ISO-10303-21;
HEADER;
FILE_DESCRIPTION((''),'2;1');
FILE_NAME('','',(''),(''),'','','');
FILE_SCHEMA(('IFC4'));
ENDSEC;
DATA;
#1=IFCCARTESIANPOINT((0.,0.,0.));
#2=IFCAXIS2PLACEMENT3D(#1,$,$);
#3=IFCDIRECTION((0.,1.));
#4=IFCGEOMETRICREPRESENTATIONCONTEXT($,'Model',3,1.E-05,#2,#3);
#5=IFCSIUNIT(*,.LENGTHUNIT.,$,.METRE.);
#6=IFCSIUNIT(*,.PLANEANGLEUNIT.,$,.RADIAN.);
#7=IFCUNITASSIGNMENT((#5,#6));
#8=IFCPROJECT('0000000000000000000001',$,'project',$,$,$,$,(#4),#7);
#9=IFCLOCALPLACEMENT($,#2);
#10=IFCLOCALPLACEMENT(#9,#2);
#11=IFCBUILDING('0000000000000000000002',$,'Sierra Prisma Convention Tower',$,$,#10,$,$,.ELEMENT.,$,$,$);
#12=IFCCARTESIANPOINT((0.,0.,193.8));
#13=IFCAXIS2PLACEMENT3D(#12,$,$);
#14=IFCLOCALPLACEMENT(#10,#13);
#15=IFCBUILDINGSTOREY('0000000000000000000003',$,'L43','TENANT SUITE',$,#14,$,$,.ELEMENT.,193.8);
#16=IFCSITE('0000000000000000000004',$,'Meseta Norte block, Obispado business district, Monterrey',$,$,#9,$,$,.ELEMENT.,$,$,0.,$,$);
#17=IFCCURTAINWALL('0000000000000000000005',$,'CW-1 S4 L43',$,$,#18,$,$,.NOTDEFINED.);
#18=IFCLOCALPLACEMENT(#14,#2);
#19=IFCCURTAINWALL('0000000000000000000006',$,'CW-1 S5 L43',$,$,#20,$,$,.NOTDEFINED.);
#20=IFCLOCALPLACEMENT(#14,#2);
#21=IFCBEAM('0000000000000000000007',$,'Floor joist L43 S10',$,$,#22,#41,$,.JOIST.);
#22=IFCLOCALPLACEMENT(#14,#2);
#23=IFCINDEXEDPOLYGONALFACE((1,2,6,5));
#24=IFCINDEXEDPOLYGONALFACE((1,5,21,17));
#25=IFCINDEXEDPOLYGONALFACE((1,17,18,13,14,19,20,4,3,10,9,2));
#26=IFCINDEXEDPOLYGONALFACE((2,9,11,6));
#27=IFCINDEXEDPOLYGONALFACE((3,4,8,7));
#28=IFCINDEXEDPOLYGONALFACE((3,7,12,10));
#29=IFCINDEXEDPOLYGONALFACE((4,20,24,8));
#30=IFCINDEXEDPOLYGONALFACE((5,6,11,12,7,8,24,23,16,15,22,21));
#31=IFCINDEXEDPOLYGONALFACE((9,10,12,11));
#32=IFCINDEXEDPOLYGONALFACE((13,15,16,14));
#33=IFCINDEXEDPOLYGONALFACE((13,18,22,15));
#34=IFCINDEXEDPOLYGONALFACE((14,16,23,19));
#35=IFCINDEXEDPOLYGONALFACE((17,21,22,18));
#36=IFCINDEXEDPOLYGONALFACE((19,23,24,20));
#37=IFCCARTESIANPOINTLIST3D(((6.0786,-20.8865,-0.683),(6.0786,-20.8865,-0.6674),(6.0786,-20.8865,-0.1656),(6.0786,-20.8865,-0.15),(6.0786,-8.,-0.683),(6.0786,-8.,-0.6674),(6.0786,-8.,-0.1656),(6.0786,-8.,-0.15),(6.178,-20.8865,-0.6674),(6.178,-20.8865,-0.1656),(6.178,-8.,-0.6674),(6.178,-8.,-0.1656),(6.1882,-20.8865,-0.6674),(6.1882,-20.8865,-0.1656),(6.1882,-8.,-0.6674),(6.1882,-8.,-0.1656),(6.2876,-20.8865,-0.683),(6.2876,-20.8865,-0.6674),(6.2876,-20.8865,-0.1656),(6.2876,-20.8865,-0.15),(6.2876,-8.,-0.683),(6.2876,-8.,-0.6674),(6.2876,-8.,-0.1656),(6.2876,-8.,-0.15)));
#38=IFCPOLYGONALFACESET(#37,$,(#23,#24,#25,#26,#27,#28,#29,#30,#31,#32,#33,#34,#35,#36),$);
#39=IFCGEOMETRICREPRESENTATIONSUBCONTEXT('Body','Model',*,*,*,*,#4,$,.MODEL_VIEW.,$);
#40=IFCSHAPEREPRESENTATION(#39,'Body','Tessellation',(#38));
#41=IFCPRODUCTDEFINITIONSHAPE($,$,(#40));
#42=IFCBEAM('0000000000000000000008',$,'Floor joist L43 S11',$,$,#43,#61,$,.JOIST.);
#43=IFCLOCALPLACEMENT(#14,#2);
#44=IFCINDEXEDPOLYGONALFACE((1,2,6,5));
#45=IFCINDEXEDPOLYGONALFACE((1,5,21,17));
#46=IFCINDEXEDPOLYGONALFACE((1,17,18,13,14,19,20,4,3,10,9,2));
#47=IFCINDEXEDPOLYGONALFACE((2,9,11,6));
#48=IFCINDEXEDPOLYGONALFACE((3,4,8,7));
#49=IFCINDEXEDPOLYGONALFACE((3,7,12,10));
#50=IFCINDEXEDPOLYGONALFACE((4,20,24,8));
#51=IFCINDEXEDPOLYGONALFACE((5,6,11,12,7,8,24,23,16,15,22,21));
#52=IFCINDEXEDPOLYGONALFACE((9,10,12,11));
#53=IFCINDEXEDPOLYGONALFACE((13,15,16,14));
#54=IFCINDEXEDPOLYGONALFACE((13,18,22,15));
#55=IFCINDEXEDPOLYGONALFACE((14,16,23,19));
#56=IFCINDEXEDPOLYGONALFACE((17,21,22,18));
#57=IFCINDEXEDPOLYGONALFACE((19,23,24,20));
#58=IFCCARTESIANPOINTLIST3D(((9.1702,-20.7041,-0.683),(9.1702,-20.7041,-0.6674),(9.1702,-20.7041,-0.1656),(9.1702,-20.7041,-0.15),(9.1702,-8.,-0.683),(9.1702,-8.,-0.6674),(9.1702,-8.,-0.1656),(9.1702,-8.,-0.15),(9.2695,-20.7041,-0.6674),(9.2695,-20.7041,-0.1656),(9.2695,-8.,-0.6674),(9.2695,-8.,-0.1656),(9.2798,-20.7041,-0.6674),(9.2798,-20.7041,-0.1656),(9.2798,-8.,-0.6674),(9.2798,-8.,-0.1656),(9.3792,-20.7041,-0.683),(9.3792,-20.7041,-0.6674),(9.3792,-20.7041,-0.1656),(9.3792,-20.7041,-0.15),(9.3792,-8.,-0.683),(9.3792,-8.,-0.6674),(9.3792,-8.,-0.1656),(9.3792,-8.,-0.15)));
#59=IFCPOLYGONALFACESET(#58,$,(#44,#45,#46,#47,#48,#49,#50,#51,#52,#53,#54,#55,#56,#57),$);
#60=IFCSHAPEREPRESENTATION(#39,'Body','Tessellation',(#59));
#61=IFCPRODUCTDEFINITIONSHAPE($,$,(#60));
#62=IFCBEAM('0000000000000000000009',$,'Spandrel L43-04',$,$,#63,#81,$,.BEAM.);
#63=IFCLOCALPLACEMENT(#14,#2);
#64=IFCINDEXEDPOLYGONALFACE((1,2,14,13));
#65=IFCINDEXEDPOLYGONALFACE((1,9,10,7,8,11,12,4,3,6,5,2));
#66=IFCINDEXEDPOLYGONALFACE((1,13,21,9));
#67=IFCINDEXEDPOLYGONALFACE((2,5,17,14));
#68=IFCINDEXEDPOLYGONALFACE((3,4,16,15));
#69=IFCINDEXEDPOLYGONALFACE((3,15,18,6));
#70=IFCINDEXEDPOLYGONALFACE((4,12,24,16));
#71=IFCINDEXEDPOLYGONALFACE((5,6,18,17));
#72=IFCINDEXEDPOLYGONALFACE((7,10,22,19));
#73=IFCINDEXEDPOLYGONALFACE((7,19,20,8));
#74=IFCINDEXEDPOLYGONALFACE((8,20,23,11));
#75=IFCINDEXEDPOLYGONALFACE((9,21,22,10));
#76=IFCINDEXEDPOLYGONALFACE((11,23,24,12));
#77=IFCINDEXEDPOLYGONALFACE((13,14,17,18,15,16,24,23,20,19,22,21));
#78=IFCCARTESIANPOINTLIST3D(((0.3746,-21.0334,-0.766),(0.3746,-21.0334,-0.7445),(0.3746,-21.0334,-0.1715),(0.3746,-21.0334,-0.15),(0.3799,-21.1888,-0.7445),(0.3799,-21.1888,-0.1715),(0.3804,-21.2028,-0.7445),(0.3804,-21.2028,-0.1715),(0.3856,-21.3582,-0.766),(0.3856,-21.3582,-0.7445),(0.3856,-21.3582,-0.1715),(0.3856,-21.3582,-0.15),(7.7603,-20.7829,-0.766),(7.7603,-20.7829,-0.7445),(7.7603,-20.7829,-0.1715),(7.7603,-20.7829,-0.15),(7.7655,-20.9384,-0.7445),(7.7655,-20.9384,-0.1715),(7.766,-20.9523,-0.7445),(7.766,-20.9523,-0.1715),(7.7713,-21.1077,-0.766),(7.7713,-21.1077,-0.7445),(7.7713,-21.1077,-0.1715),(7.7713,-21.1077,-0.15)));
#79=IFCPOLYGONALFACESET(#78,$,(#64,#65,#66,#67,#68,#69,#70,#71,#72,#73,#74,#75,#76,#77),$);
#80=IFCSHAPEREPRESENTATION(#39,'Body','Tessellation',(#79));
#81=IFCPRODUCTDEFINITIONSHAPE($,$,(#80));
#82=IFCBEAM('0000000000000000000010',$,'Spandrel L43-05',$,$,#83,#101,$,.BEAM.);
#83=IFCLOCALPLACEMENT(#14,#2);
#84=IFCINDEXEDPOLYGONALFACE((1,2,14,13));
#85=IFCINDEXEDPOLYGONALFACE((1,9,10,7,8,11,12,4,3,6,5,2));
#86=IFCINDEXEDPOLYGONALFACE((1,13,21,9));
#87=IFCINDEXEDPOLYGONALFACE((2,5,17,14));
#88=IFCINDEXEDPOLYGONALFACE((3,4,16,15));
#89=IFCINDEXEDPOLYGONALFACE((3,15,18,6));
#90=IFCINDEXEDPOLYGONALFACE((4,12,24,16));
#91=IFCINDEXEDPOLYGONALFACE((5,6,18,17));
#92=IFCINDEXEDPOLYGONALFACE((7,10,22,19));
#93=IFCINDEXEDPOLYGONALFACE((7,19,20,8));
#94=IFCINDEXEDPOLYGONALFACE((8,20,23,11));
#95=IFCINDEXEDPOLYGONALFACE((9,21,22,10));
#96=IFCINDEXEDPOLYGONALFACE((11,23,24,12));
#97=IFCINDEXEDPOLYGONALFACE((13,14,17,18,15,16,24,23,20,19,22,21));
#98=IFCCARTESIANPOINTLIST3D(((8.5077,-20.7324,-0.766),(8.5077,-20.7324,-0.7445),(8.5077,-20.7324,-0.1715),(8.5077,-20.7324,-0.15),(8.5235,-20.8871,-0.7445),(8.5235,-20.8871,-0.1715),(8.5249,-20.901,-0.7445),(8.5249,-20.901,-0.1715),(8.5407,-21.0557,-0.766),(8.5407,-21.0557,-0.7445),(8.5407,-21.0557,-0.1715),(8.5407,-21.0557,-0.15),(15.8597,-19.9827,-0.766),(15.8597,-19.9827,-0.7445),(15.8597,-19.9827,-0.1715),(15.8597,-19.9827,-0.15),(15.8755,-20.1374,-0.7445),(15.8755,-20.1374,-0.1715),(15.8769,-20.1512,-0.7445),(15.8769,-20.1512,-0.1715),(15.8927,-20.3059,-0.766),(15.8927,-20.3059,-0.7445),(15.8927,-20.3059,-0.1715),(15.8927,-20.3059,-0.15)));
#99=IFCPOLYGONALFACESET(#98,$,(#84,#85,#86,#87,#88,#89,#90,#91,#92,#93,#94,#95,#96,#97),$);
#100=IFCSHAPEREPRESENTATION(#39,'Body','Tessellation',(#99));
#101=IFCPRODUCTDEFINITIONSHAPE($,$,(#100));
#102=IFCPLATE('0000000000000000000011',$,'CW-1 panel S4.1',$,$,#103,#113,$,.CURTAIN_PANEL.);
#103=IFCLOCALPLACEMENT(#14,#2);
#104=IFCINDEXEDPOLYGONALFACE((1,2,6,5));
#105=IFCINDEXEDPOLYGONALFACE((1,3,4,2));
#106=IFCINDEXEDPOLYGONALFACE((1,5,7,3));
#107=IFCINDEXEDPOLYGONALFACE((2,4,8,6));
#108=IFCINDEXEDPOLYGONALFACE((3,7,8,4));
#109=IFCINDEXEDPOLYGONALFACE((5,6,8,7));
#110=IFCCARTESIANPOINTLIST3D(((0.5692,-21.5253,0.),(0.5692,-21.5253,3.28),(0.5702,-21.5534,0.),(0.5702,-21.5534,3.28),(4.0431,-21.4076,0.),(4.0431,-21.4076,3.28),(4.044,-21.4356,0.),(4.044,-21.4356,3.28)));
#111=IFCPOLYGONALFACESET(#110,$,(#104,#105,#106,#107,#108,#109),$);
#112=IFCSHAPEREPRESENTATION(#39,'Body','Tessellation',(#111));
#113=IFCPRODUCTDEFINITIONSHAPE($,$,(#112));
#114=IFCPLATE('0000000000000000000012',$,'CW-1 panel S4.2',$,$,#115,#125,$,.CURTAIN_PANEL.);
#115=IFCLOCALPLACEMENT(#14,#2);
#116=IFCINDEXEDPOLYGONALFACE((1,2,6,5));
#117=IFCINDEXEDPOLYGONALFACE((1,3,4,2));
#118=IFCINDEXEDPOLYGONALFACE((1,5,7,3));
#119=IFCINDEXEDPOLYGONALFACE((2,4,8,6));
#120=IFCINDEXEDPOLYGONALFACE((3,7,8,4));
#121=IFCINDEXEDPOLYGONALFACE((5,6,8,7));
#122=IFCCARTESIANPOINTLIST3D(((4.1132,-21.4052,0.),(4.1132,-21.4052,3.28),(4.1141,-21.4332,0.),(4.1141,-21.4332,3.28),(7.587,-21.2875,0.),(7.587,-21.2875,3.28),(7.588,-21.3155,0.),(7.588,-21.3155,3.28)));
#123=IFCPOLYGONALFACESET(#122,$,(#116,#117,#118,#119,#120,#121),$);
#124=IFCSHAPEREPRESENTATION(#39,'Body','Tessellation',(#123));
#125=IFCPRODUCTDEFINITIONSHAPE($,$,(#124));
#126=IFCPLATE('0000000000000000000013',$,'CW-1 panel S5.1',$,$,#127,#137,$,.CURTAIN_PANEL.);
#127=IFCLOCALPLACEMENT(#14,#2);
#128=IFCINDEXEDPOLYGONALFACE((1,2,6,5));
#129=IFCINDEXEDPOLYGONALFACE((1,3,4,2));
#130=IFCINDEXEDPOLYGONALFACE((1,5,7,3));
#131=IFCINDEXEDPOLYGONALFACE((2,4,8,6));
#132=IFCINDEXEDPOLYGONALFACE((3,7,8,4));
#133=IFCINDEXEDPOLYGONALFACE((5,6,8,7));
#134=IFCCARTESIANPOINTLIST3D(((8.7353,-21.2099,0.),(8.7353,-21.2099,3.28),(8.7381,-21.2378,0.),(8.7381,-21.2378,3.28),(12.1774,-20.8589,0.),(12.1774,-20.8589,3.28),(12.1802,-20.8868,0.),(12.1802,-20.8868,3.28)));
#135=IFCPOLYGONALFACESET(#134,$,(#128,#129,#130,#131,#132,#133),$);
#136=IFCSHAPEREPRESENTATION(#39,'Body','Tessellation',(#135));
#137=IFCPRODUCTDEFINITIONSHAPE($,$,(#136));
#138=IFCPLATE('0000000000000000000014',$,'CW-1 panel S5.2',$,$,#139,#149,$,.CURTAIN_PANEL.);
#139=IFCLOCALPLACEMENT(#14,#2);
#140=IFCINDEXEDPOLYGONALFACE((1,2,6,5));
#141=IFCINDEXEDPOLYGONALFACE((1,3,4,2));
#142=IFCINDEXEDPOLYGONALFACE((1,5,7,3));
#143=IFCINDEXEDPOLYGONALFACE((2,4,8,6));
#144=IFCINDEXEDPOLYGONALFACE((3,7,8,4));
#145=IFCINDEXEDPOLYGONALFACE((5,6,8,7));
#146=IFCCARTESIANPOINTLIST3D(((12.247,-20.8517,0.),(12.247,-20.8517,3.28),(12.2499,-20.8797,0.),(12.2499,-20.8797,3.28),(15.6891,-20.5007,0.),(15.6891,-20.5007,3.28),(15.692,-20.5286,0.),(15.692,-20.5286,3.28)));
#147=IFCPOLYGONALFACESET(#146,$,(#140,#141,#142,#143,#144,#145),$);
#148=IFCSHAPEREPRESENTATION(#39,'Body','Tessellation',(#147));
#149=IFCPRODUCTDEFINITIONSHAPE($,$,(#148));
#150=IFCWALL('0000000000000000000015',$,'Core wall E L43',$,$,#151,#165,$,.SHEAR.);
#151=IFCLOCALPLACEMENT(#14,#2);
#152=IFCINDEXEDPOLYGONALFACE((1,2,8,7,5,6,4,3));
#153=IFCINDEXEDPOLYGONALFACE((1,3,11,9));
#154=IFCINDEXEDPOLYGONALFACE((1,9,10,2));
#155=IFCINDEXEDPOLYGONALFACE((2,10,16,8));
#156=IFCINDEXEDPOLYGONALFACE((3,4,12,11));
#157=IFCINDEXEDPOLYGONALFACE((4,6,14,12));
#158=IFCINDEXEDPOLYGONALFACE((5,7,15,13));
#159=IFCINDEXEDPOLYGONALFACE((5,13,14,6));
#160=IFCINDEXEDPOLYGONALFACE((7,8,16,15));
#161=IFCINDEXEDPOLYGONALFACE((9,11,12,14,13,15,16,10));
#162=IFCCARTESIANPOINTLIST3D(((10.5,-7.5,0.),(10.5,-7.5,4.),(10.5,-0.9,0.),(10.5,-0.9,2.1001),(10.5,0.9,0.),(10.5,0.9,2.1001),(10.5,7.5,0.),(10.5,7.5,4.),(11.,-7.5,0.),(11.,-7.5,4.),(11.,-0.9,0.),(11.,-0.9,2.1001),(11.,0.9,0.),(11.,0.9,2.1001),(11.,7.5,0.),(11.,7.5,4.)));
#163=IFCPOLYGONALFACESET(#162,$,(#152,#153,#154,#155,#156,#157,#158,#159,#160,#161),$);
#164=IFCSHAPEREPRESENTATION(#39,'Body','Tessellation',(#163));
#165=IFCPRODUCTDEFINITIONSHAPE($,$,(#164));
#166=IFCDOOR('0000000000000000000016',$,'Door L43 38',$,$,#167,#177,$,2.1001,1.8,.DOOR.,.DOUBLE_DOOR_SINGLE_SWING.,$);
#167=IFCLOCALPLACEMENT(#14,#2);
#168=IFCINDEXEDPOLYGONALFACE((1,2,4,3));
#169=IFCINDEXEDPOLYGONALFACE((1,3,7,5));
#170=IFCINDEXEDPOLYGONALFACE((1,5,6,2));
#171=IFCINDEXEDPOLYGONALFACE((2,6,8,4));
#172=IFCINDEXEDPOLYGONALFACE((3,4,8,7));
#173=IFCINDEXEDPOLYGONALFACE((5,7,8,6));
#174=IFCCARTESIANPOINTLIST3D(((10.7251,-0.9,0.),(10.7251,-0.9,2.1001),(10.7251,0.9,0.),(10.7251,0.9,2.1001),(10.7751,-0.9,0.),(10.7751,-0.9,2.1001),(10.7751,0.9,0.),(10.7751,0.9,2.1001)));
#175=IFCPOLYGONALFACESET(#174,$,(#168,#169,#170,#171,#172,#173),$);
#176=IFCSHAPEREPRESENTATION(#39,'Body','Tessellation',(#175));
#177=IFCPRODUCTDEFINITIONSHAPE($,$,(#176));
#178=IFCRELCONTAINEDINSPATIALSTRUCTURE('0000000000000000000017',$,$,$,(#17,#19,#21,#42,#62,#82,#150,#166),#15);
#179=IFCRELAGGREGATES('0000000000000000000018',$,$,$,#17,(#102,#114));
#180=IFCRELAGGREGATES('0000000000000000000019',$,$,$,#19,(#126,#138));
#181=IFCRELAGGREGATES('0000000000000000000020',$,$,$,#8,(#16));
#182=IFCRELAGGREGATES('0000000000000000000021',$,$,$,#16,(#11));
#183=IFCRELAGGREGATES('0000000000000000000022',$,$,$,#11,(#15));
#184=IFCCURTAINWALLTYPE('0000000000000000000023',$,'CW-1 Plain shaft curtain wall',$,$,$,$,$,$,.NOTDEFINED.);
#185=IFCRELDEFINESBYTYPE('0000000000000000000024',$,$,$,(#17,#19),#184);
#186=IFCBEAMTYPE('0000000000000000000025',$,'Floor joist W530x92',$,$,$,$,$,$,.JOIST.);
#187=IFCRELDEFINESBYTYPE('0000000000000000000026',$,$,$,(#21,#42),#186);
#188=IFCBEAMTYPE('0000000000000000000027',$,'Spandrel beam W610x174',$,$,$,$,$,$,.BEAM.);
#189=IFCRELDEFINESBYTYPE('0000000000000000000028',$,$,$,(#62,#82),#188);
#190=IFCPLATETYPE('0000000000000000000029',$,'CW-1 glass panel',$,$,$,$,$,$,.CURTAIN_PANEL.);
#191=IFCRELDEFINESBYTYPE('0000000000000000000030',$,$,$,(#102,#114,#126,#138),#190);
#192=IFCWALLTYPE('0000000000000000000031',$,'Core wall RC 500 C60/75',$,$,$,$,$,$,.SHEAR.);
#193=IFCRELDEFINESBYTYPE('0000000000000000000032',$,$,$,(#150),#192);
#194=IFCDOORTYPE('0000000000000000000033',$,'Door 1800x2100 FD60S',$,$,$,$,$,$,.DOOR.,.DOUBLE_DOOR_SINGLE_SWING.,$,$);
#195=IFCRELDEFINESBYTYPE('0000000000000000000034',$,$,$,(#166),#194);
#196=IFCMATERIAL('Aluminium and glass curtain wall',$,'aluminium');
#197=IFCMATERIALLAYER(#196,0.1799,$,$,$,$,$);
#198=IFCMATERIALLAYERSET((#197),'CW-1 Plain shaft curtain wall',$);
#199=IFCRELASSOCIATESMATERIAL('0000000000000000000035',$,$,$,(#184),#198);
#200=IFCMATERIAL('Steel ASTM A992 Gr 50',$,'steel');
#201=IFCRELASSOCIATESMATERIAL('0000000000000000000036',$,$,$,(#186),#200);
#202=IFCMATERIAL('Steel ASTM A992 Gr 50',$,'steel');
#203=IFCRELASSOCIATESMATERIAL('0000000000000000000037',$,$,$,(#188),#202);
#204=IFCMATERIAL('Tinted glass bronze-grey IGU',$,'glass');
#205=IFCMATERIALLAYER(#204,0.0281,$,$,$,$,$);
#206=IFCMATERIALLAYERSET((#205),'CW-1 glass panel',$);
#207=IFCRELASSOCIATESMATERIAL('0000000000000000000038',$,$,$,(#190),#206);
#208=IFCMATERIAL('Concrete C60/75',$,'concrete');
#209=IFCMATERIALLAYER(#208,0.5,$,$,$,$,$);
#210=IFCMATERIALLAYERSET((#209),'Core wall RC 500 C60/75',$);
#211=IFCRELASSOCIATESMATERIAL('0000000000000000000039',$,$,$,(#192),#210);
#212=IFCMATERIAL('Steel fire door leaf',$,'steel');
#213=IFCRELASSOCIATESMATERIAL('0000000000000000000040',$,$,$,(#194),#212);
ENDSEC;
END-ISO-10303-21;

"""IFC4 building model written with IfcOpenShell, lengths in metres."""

from ifc_helpers import new_model, si_unit, direction, frame, frame_2d, origin, origin_2d, place, context, subcontext, project, spatial, rectangle, i_section, extrude, material, layer, layer_set, material_profile, profile_set, type_object, element, fill, aggregate, save


model = new_model("IFC4")

# Units and contexts
model_context = context("Model", 3, precision=1e-05, world=origin(), true_north=direction((0.0, 1.0)))
body_context = subcontext(model_context, "Body", "Model", "MODEL_VIEW")
ifc_project = project(units=[si_unit("LENGTHUNIT", "METRE"), si_unit("PLANEANGLEUNIT", "RADIAN")], contexts=[model_context])

# Site, building, storey
site_placement = place(None, origin())
site = spatial("IfcSite", under=ifc_project, at=site_placement, Name="Meseta Norte block, Obispado business district, Monterrey", CompositionType="ELEMENT", RefElevation=0.0)
building_placement = place(site_placement, origin())
building = spatial("IfcBuilding", under=site, at=building_placement, Name="Sierra Prisma Convention Tower", CompositionType="ELEMENT")
storey_placement = place(building_placement, frame((0.0, 0.0, 193.8)))
storey = spatial("IfcBuildingStorey", under=building, at=storey_placement, Name="L43", Description="TENANT SUITE", CompositionType="ELEMENT", Elevation=193.8)

# Curtain walls
ifc_material_1 = material(Name="Aluminium and glass curtain wall", Category="aluminium")
ifc_layer_1 = layer(ifc_material_1, 0.1799)
ifc_layer_set_1 = layer_set([ifc_layer_1], Name="CW-1 Plain shaft curtain wall")
curtain_wall_type = type_object("IfcCurtainWallType", Name="CW-1 Plain shaft curtain wall", PredefinedType="NOTDEFINED", material=ifc_layer_set_1)
curtain_wall_1_placement = place(storey_placement, origin())
curtain_wall_1 = element("IfcCurtainWall", 1, at=curtain_wall_1_placement, inside=storey, type_object=curtain_wall_type, Name="CW-1 S4 L43", PredefinedType="NOTDEFINED")
curtain_wall_2_placement = place(storey_placement, origin())
curtain_wall_2 = element("IfcCurtainWall", 2, at=curtain_wall_2_placement, inside=storey, type_object=curtain_wall_type, Name="CW-1 S5 L43", PredefinedType="NOTDEFINED")

# Beams
ifc_material_2 = material(Name="Steel ASTM A992 Gr 50", Category="steel")
ifc_material_profile_1 = material_profile(ifc_material_2, i_section(OverallWidth=0.209, OverallDepth=0.533, WebThickness=0.0103, FlangeThickness=0.0156, at=origin_2d()), Name="W530x92")
ifc_profile_set_1 = profile_set([ifc_material_profile_1], Name="Steel ASTM A992 Gr 50")
beam_type_1 = type_object("IfcBeamType", Name="Floor joist W530x92", PredefinedType="JOIST", material=ifc_profile_set_1)
beam_1_placement = place(storey_placement, frame((6.1831, -20.8865, -0.4165), z_axis=(0.0, 1.0, 0.0), x_axis=(-1.0, 0.0, 0.0)))
element("IfcBeam", 3, at=beam_1_placement, inside=storey, type_object=beam_type_1, Name="Floor joist L43 S10", PredefinedType="JOIST", context=body_context, shape_type="SweptSolid", body=[
    extrude(i_section(OverallWidth=0.209, OverallDepth=0.533, WebThickness=0.0103, FlangeThickness=0.0156, at=origin_2d()), origin(), (0.0, 0.0, 1.0), 12.8865),
])
beam_2_placement = place(storey_placement, frame((9.2747, -20.7041, -0.4165), z_axis=(0.0, 1.0, 0.0), x_axis=(-1.0, 0.0, 0.0)))
element("IfcBeam", 4, at=beam_2_placement, inside=storey, type_object=beam_type_1, Name="Floor joist L43 S11", PredefinedType="JOIST", context=body_context, shape_type="SweptSolid", body=[
    extrude(i_section(OverallWidth=0.209, OverallDepth=0.533, WebThickness=0.0103, FlangeThickness=0.0156, at=origin_2d()), origin(), (0.0, 0.0, 1.0), 12.7041),
])
ifc_material_3 = material(Name="Steel ASTM A992 Gr 50", Category="steel")
ifc_material_profile_2 = material_profile(ifc_material_3, i_section(OverallWidth=0.325, OverallDepth=0.616, WebThickness=0.0139, FlangeThickness=0.0215, at=origin_2d()), Name="W610x174")
ifc_profile_set_2 = profile_set([ifc_material_profile_2], Name="Steel ASTM A992 Gr 50")
beam_type_2 = type_object("IfcBeamType", Name="Spandrel beam W610x174", PredefinedType="BEAM", material=ifc_profile_set_2)
beam_3_placement = place(storey_placement, frame((0.3801, -21.1958, -0.458), z_axis=(0.999425, 0.033896, 0.0), x_axis=(-0.033896, 0.999425, 0.0)))
element("IfcBeam", 5, at=beam_3_placement, inside=storey, type_object=beam_type_2, Name="Spandrel L43-04", PredefinedType="BEAM", context=body_context, shape_type="SweptSolid", body=[
    extrude(i_section(OverallWidth=0.325, OverallDepth=0.616, WebThickness=0.0139, FlangeThickness=0.0215, at=origin_2d()), origin(), (0.0, 0.0, 1.0), 7.3899),
])
beam_4_placement = place(storey_placement, frame((8.5242, -20.894, -0.458), z_axis=(0.99484, 0.101453, 0.0), x_axis=(-0.101453, 0.99484, 0.0)))
element("IfcBeam", 6, at=beam_4_placement, inside=storey, type_object=beam_type_2, Name="Spandrel L43-05", PredefinedType="BEAM", context=body_context, shape_type="SweptSolid", body=[
    extrude(i_section(OverallWidth=0.325, OverallDepth=0.616, WebThickness=0.0139, FlangeThickness=0.0215, at=origin_2d()), origin(), (0.0, 0.0, 1.0), 7.3901),
])

# Plates
ifc_material_4 = material(Name="Tinted glass bronze-grey IGU", Category="glass")
ifc_layer_2 = layer(ifc_material_4, 0.0281)
ifc_layer_set_2 = layer_set([ifc_layer_2], Name="CW-1 glass panel")
plate_type = type_object("IfcPlateType", Name="CW-1 glass panel", PredefinedType="CURTAIN_PANEL", material=ifc_layer_set_2)
plate_1_placement = place(storey_placement, frame((2.3066, -21.4805, 0.0), z_axis=(0.0, 0.0, 1.0), x_axis=(0.999426, 0.033868, 0.0)))
plate_1 = element("IfcPlate", 7, at=plate_1_placement, type_object=plate_type, Name="CW-1 panel S4.1", PredefinedType="CURTAIN_PANEL", context=body_context, shape_type="SweptSolid", body=[
    extrude(rectangle(XDim=3.4758, YDim=0.0281, at=origin_2d()), origin(), (0.0, 0.0, 1.0), 3.28),
])
plate_2_placement = place(storey_placement, frame((5.8506, -21.3604, 0.0), z_axis=(0.0, 0.0, 1.0), x_axis=(0.999426, 0.033868, 0.0)))
plate_2 = element("IfcPlate", 8, at=plate_2_placement, type_object=plate_type, Name="CW-1 panel S4.2", PredefinedType="CURTAIN_PANEL", context=body_context, shape_type="SweptSolid", body=[
    extrude(rectangle(XDim=3.4758, YDim=0.0281, at=origin_2d()), origin(), (0.0, 0.0, 1.0), 3.28),
])
aggregate(curtain_wall_1, [plate_1, plate_2])
plate_3_placement = place(storey_placement, frame((10.4578, -21.0483, 0.0), z_axis=(0.0, 0.0, 1.0), x_axis=(0.994841, 0.101448, 0.0)))
plate_3 = element("IfcPlate", 9, at=plate_3_placement, type_object=plate_type, Name="CW-1 panel S5.1", PredefinedType="CURTAIN_PANEL", context=body_context, shape_type="SweptSolid", body=[
    extrude(rectangle(XDim=3.46, YDim=0.0281, at=origin_2d()), origin(), (0.0, 0.0, 1.0), 3.28),
])
plate_4_placement = place(storey_placement, frame((13.9695, -20.6902, 0.0), z_axis=(0.0, 0.0, 1.0), x_axis=(0.994841, 0.101448, 0.0)))
plate_4 = element("IfcPlate", 10, at=plate_4_placement, type_object=plate_type, Name="CW-1 panel S5.2", PredefinedType="CURTAIN_PANEL", context=body_context, shape_type="SweptSolid", body=[
    extrude(rectangle(XDim=3.46, YDim=0.0281, at=origin_2d()), origin(), (0.0, 0.0, 1.0), 3.28),
])
aggregate(curtain_wall_2, [plate_3, plate_4])

# Wall, opening, door
ifc_material_5 = material(Name="Concrete C60/75", Category="concrete")
ifc_layer_3 = layer(ifc_material_5, 0.5)
ifc_layer_set_3 = layer_set([ifc_layer_3], Name="Core wall RC 500 C60/75")
wall_type_1 = type_object("IfcWallType", Name="Core wall RC 500 C60/75", PredefinedType="SHEAR", material=ifc_layer_set_3)
wall_1_placement = place(storey_placement, frame((10.75, -7.5, 0.0), z_axis=(0.0, 0.0, 1.0), x_axis=(0.0, 1.0, 0.0)))
wall_1 = element("IfcWall", 11, at=wall_1_placement, inside=storey, type_object=wall_type_1, Name="Core wall E L43", PredefinedType="SHEAR", context=body_context, shape_type="SweptSolid", body=[
    extrude(rectangle(XDim=15.0, YDim=0.5, at=frame_2d((7.5, 0.0))), origin(), (0.0, 0.0, 1.0), 4.0),
])
opening_1_placement = place(wall_1_placement, frame((6.6001, 0.0, 0.0)))
opening_1 = element("IfcOpeningElement", 12, at=opening_1_placement, cuts=wall_1, PredefinedType="OPENING", context=body_context, shape_type="SweptSolid", body=[
    extrude(rectangle(XDim=1.8, YDim=2.1001, at=frame_2d((0.8999, 1.05))), frame((0.0, 0.25, 0.0), z_axis=(0.0, -1.0, 0.0), x_axis=(1.0, 0.0, 0.0)), (0.0, 0.0, 1.0), 0.5),
])
ifc_material_6 = material(Name="Steel fire door leaf", Category="steel")
door_type_1 = type_object("IfcDoorType", Name="Door 1800x2100 FD60S", OperationType="DOUBLE_DOOR_SINGLE_SWING", PredefinedType="DOOR", material=ifc_material_6)
door_1_placement = place(opening_1_placement, origin())
door_1 = element("IfcDoor", 13, at=door_1_placement, inside=storey, type_object=door_type_1, Name="Door L43 38", OperationType="DOUBLE_DOOR_SINGLE_SWING", OverallHeight=2.1001, OverallWidth=1.8, PredefinedType="DOOR", context=body_context, shape_type="SweptSolid", body=[
    extrude(rectangle(XDim=1.8, YDim=2.1001, at=frame_2d((0.8999, 1.05))), frame((0.0, 0.0249, 0.0), z_axis=(0.0, -1.0, 0.0), x_axis=(1.0, 0.0, 0.0)), (0.0, 0.0, 1.0), 0.05),
])
fill(opening_1, door_1)

save(model, "model.ifc")
